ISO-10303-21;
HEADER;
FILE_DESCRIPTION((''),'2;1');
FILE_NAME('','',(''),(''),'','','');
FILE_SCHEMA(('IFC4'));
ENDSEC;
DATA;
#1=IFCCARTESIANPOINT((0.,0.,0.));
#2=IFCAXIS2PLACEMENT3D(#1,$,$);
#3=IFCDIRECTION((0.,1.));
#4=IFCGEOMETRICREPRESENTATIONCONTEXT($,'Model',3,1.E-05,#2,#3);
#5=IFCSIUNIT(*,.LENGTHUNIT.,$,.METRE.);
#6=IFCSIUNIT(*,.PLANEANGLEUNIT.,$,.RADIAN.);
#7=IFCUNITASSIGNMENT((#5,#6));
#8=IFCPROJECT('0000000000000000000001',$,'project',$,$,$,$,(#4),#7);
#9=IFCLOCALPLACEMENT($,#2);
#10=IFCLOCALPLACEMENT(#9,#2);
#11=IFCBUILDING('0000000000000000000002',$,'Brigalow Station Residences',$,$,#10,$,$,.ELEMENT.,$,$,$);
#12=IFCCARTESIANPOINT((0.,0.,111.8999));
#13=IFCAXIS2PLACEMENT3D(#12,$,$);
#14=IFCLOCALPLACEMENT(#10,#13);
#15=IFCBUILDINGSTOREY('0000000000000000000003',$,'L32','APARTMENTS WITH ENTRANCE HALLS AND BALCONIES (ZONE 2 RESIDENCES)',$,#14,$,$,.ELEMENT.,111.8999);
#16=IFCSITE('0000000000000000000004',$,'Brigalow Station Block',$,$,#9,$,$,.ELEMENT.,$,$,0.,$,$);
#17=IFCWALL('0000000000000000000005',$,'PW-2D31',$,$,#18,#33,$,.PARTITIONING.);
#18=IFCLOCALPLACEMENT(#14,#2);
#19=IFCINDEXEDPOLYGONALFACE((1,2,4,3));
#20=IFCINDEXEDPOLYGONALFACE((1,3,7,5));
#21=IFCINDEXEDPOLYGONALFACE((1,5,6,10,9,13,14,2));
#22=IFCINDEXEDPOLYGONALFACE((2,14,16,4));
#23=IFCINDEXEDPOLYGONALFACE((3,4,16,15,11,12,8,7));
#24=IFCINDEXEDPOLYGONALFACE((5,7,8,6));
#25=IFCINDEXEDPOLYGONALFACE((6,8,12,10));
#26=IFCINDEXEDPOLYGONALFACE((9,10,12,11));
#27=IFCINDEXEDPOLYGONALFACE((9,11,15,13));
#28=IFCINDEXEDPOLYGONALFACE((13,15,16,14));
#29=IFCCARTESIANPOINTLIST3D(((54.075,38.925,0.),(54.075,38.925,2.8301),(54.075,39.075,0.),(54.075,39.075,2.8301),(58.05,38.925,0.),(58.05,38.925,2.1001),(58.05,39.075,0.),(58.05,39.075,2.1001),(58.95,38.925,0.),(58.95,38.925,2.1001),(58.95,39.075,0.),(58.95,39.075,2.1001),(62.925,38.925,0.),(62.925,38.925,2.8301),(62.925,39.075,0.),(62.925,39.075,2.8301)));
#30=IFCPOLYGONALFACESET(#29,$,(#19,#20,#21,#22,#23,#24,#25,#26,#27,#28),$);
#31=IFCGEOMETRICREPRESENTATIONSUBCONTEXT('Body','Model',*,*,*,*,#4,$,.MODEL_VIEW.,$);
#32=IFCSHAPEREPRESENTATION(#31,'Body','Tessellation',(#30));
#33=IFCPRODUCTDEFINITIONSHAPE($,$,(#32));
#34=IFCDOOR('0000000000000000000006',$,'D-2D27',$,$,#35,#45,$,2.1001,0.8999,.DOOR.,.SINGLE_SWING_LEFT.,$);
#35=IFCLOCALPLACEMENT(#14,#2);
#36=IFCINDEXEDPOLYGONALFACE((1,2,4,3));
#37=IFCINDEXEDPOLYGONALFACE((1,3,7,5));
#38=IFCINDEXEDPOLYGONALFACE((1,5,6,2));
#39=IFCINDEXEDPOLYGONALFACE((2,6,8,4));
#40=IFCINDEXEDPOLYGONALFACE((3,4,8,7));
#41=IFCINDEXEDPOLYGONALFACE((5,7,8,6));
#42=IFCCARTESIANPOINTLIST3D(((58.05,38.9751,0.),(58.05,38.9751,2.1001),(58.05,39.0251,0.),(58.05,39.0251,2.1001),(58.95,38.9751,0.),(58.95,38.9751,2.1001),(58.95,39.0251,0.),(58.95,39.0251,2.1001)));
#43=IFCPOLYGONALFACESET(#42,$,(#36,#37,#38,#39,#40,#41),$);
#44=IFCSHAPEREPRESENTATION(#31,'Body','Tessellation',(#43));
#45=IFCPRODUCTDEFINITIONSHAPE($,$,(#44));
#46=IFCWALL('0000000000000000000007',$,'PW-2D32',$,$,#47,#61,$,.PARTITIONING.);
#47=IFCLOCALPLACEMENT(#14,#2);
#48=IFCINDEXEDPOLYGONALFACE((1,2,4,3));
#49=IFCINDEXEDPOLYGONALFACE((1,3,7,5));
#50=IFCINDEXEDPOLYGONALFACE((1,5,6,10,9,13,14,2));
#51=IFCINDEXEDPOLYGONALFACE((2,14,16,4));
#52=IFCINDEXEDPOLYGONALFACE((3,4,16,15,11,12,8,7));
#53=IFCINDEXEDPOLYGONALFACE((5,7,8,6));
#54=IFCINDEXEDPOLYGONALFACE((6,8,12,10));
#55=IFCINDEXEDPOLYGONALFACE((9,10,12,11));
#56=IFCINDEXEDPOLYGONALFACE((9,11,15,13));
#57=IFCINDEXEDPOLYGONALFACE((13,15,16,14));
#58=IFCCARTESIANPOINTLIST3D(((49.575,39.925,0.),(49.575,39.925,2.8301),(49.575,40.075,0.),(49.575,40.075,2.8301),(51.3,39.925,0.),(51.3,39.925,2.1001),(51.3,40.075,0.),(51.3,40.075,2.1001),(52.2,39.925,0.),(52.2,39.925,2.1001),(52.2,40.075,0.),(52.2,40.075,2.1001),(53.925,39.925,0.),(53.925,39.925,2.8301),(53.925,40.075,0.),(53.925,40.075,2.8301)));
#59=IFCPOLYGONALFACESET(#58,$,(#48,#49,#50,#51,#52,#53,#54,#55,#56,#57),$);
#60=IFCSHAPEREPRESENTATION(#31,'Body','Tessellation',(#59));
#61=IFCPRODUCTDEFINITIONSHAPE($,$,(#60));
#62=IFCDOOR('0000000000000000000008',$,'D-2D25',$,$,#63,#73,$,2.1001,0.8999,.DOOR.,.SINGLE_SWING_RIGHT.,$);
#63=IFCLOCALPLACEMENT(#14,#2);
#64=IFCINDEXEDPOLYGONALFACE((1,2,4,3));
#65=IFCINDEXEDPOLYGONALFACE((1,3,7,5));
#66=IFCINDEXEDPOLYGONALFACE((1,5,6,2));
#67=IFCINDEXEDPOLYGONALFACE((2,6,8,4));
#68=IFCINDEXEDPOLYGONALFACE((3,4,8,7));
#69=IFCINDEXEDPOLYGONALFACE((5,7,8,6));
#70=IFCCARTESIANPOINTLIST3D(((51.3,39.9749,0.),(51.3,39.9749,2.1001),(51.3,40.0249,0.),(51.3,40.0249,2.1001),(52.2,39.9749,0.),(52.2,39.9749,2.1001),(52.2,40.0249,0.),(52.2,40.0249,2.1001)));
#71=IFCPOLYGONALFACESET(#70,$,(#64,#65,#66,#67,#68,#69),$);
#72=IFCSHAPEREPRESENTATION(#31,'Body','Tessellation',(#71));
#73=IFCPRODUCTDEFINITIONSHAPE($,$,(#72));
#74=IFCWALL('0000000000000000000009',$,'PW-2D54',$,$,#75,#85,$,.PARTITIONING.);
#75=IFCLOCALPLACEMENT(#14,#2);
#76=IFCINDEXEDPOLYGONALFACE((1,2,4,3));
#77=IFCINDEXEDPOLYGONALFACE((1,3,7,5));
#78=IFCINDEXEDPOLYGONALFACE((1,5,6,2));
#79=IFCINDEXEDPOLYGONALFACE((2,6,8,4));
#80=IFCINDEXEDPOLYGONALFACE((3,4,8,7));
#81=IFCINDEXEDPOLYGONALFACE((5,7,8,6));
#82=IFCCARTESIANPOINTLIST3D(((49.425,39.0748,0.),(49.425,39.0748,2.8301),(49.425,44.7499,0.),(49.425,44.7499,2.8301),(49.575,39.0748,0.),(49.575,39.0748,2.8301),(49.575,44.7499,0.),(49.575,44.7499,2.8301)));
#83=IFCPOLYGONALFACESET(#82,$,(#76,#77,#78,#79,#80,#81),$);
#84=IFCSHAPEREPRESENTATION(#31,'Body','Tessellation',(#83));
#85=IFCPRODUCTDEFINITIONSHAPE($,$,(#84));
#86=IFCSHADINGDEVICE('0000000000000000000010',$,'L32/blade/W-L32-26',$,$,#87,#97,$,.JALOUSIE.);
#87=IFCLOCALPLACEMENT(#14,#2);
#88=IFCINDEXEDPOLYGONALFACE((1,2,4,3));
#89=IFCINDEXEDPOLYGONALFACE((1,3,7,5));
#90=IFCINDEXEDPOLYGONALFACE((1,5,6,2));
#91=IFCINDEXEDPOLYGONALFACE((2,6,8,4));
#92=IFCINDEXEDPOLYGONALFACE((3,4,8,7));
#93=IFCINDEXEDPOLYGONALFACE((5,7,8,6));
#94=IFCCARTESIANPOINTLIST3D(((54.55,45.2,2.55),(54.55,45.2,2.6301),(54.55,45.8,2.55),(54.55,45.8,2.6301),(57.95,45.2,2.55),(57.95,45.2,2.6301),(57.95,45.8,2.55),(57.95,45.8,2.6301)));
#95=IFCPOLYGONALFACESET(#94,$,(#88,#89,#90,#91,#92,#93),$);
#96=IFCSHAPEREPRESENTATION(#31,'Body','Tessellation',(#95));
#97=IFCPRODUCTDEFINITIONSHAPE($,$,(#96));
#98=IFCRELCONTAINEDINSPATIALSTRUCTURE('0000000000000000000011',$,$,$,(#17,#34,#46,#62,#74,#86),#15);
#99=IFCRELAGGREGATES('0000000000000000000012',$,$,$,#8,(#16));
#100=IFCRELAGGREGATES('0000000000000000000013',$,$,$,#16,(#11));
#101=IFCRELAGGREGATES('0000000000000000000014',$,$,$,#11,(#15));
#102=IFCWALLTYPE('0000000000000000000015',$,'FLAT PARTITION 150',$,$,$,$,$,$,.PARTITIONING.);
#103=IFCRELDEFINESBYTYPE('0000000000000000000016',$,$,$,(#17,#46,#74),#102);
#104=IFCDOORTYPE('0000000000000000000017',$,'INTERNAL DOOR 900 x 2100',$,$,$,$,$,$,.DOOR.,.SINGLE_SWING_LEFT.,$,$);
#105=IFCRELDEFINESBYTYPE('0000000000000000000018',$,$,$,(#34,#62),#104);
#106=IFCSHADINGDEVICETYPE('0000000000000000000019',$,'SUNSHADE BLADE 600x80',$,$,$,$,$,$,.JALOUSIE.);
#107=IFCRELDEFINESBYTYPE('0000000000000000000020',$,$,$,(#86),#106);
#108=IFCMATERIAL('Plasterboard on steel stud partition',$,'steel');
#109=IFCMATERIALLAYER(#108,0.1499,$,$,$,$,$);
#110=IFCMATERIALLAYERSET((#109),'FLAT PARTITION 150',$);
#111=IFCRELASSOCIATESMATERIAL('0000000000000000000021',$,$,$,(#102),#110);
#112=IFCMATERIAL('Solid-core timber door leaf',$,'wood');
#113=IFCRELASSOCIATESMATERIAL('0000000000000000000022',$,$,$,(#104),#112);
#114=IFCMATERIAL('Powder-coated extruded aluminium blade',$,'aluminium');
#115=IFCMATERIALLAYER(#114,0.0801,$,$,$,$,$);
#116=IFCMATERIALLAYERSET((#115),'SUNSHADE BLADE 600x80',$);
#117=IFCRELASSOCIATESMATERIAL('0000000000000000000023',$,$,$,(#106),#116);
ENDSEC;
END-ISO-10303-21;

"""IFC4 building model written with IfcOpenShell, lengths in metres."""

from ifc_helpers import new_model, si_unit, direction, frame, frame_2d, origin, origin_2d, place, context, subcontext, project, spatial, rectangle, extrude, material, layer, layer_set, type_object, element, fill, save


model = new_model("IFC4")

# Units and contexts
model_context = context("Model", 3, precision=1e-05, world=origin(), true_north=direction((0.0, 1.0)))
body_context = subcontext(model_context, "Body", "Model", "MODEL_VIEW")
ifc_project = project(units=[si_unit("LENGTHUNIT", "METRE"), si_unit("PLANEANGLEUNIT", "RADIAN")], contexts=[model_context])

# Site, building, storey
site_placement = place(None, origin())
site = spatial("IfcSite", under=ifc_project, at=site_placement, Name="Brigalow Station Block", CompositionType="ELEMENT", RefElevation=0.0)
building_placement = place(site_placement, origin())
building = spatial("IfcBuilding", under=site, at=building_placement, Name="Brigalow Station Residences", CompositionType="ELEMENT")
storey_placement = place(building_placement, frame((0.0, 0.0, 111.8999)))
storey = spatial("IfcBuildingStorey", under=building, at=storey_placement, Name="L32", Description="APARTMENTS WITH ENTRANCE HALLS AND BALCONIES (ZONE 2 RESIDENCES)", CompositionType="ELEMENT", Elevation=111.8999)

# Walls, openings, doors
ifc_material_1 = material(Name="Plasterboard on steel stud partition", Category="steel")
ifc_layer_1 = layer(ifc_material_1, 0.1499)
ifc_layer_set_1 = layer_set([ifc_layer_1], Name="FLAT PARTITION 150")
wall_type_1 = type_object("IfcWallType", Name="FLAT PARTITION 150", PredefinedType="PARTITIONING", material=ifc_layer_set_1)
wall_1_placement = place(storey_placement, frame((54.075, 39.0, 0.0), z_axis=(0.0, 0.0, 1.0), x_axis=(1.0, 0.0, 0.0)))
wall_1 = element("IfcWall", 1, at=wall_1_placement, inside=storey, type_object=wall_type_1, Name="PW-2D31", PredefinedType="PARTITIONING", context=body_context, shape_type="SweptSolid", body=[
    extrude(rectangle(XDim=8.8501, YDim=0.1499, at=frame_2d((4.425, 0.0))), origin(), (0.0, 0.0, 1.0), 2.8301),
])
opening_1_placement = place(wall_1_placement, frame((3.9751, 0.0, 0.0)))
opening_1 = element("IfcOpeningElement", 2, at=opening_1_placement, cuts=wall_1, PredefinedType="OPENING", context=body_context, shape_type="SweptSolid", body=[
    extrude(rectangle(XDim=0.8999, YDim=2.1001, at=frame_2d((0.45, 1.05))), frame((0.0, 0.085, 0.0), z_axis=(0.0, -1.0, 0.0), x_axis=(1.0, 0.0, 0.0)), (0.0, 0.0, 1.0), 0.1699),
])
ifc_material_2 = material(Name="Solid-core timber door leaf", Category="wood")
door_type_1 = type_object("IfcDoorType", Name="INTERNAL DOOR 900 x 2100", OperationType="SINGLE_SWING_LEFT", PredefinedType="DOOR", material=ifc_material_2)
door_1_placement = place(opening_1_placement, frame((0.8999, 0.0, 0.0), z_axis=(0.0, 0.0, 1.0), x_axis=(-1.0, 0.0, 0.0)))
door_1 = element("IfcDoor", 3, at=door_1_placement, inside=storey, type_object=door_type_1, Name="D-2D27", OperationType="SINGLE_SWING_LEFT", OverallHeight=2.1001, OverallWidth=0.8999, PredefinedType="DOOR", context=body_context, shape_type="SweptSolid", body=[
    extrude(rectangle(XDim=0.8999, YDim=2.1001, at=frame_2d((0.45, 1.05))), frame((0.0, 0.0249, 0.0), z_axis=(0.0, -1.0, 0.0), x_axis=(1.0, 0.0, 0.0)), (0.0, 0.0, 1.0), 0.05),
])
fill(opening_1, door_1)
wall_2_placement = place(storey_placement, frame((49.575, 40.0, 0.0), z_axis=(0.0, 0.0, 1.0), x_axis=(1.0, 0.0, 0.0)))
wall_2 = element("IfcWall", 4, at=wall_2_placement, inside=storey, type_object=wall_type_1, Name="PW-2D32", PredefinedType="PARTITIONING", context=body_context, shape_type="SweptSolid", body=[
    extrude(rectangle(XDim=4.3501, YDim=0.1499, at=frame_2d((2.175, 0.0))), origin(), (0.0, 0.0, 1.0), 2.8301),
])
opening_2_placement = place(wall_2_placement, frame((1.7251, 0.0, 0.0)))
opening_2 = element("IfcOpeningElement", 5, at=opening_2_placement, cuts=wall_2, PredefinedType="OPENING", context=body_context, shape_type="SweptSolid", body=[
    extrude(rectangle(XDim=0.8999, YDim=2.1001, at=frame_2d((0.45, 1.05))), frame((0.0, 0.085, 0.0), z_axis=(0.0, -1.0, 0.0), x_axis=(1.0, 0.0, 0.0)), (0.0, 0.0, 1.0), 0.1699),
])
door_2_placement = place(opening_2_placement, origin())
door_2 = element("IfcDoor", 6, at=door_2_placement, inside=storey, type_object=door_type_1, Name="D-2D25", OperationType="SINGLE_SWING_RIGHT", OverallHeight=2.1001, OverallWidth=0.8999, PredefinedType="DOOR", context=body_context, shape_type="SweptSolid", body=[
    extrude(rectangle(XDim=0.8999, YDim=2.1001, at=frame_2d((0.45, 1.05))), frame((0.0, 0.0249, 0.0), z_axis=(0.0, -1.0, 0.0), x_axis=(1.0, 0.0, 0.0)), (0.0, 0.0, 1.0), 0.05),
])
fill(opening_2, door_2)

# Wall
wall_3_placement = place(storey_placement, frame((49.5, 39.075, 0.0), z_axis=(0.0, 0.0, 1.0), x_axis=(0.0, 1.0, 0.0)))
element("IfcWall", 7, at=wall_3_placement, inside=storey, type_object=wall_type_1, Name="PW-2D54", PredefinedType="PARTITIONING", context=body_context, shape_type="SweptSolid", body=[
    extrude(rectangle(XDim=5.675, YDim=0.1499, at=frame_2d((2.8374, 0.0))), origin(), (0.0, 0.0, 1.0), 2.8301),
])

# Shading device
ifc_material_3 = material(Name="Powder-coated extruded aluminium blade", Category="aluminium")
ifc_layer_2 = layer(ifc_material_3, 0.0801)
ifc_layer_set_2 = layer_set([ifc_layer_2], Name="SUNSHADE BLADE 600x80")
shading_device_type = type_object("IfcShadingDeviceType", Name="SUNSHADE BLADE 600x80", PredefinedType="JALOUSIE", material=ifc_layer_set_2)
shading_device_placement = place(storey_placement, frame((56.25, 45.5, 2.55), z_axis=(0.0, 0.0, 1.0), x_axis=(-1.0, 0.0, 0.0)))
element("IfcShadingDevice", 8, at=shading_device_placement, inside=storey, type_object=shading_device_type, Name="L32/blade/W-L32-26", PredefinedType="JALOUSIE", context=body_context, shape_type="SweptSolid", body=[
    extrude(rectangle(XDim=3.3999, YDim=0.6001, at=origin_2d()), origin(), (0.0, 0.0, 1.0), 0.0801),
])

save(model, "model.ifc")
